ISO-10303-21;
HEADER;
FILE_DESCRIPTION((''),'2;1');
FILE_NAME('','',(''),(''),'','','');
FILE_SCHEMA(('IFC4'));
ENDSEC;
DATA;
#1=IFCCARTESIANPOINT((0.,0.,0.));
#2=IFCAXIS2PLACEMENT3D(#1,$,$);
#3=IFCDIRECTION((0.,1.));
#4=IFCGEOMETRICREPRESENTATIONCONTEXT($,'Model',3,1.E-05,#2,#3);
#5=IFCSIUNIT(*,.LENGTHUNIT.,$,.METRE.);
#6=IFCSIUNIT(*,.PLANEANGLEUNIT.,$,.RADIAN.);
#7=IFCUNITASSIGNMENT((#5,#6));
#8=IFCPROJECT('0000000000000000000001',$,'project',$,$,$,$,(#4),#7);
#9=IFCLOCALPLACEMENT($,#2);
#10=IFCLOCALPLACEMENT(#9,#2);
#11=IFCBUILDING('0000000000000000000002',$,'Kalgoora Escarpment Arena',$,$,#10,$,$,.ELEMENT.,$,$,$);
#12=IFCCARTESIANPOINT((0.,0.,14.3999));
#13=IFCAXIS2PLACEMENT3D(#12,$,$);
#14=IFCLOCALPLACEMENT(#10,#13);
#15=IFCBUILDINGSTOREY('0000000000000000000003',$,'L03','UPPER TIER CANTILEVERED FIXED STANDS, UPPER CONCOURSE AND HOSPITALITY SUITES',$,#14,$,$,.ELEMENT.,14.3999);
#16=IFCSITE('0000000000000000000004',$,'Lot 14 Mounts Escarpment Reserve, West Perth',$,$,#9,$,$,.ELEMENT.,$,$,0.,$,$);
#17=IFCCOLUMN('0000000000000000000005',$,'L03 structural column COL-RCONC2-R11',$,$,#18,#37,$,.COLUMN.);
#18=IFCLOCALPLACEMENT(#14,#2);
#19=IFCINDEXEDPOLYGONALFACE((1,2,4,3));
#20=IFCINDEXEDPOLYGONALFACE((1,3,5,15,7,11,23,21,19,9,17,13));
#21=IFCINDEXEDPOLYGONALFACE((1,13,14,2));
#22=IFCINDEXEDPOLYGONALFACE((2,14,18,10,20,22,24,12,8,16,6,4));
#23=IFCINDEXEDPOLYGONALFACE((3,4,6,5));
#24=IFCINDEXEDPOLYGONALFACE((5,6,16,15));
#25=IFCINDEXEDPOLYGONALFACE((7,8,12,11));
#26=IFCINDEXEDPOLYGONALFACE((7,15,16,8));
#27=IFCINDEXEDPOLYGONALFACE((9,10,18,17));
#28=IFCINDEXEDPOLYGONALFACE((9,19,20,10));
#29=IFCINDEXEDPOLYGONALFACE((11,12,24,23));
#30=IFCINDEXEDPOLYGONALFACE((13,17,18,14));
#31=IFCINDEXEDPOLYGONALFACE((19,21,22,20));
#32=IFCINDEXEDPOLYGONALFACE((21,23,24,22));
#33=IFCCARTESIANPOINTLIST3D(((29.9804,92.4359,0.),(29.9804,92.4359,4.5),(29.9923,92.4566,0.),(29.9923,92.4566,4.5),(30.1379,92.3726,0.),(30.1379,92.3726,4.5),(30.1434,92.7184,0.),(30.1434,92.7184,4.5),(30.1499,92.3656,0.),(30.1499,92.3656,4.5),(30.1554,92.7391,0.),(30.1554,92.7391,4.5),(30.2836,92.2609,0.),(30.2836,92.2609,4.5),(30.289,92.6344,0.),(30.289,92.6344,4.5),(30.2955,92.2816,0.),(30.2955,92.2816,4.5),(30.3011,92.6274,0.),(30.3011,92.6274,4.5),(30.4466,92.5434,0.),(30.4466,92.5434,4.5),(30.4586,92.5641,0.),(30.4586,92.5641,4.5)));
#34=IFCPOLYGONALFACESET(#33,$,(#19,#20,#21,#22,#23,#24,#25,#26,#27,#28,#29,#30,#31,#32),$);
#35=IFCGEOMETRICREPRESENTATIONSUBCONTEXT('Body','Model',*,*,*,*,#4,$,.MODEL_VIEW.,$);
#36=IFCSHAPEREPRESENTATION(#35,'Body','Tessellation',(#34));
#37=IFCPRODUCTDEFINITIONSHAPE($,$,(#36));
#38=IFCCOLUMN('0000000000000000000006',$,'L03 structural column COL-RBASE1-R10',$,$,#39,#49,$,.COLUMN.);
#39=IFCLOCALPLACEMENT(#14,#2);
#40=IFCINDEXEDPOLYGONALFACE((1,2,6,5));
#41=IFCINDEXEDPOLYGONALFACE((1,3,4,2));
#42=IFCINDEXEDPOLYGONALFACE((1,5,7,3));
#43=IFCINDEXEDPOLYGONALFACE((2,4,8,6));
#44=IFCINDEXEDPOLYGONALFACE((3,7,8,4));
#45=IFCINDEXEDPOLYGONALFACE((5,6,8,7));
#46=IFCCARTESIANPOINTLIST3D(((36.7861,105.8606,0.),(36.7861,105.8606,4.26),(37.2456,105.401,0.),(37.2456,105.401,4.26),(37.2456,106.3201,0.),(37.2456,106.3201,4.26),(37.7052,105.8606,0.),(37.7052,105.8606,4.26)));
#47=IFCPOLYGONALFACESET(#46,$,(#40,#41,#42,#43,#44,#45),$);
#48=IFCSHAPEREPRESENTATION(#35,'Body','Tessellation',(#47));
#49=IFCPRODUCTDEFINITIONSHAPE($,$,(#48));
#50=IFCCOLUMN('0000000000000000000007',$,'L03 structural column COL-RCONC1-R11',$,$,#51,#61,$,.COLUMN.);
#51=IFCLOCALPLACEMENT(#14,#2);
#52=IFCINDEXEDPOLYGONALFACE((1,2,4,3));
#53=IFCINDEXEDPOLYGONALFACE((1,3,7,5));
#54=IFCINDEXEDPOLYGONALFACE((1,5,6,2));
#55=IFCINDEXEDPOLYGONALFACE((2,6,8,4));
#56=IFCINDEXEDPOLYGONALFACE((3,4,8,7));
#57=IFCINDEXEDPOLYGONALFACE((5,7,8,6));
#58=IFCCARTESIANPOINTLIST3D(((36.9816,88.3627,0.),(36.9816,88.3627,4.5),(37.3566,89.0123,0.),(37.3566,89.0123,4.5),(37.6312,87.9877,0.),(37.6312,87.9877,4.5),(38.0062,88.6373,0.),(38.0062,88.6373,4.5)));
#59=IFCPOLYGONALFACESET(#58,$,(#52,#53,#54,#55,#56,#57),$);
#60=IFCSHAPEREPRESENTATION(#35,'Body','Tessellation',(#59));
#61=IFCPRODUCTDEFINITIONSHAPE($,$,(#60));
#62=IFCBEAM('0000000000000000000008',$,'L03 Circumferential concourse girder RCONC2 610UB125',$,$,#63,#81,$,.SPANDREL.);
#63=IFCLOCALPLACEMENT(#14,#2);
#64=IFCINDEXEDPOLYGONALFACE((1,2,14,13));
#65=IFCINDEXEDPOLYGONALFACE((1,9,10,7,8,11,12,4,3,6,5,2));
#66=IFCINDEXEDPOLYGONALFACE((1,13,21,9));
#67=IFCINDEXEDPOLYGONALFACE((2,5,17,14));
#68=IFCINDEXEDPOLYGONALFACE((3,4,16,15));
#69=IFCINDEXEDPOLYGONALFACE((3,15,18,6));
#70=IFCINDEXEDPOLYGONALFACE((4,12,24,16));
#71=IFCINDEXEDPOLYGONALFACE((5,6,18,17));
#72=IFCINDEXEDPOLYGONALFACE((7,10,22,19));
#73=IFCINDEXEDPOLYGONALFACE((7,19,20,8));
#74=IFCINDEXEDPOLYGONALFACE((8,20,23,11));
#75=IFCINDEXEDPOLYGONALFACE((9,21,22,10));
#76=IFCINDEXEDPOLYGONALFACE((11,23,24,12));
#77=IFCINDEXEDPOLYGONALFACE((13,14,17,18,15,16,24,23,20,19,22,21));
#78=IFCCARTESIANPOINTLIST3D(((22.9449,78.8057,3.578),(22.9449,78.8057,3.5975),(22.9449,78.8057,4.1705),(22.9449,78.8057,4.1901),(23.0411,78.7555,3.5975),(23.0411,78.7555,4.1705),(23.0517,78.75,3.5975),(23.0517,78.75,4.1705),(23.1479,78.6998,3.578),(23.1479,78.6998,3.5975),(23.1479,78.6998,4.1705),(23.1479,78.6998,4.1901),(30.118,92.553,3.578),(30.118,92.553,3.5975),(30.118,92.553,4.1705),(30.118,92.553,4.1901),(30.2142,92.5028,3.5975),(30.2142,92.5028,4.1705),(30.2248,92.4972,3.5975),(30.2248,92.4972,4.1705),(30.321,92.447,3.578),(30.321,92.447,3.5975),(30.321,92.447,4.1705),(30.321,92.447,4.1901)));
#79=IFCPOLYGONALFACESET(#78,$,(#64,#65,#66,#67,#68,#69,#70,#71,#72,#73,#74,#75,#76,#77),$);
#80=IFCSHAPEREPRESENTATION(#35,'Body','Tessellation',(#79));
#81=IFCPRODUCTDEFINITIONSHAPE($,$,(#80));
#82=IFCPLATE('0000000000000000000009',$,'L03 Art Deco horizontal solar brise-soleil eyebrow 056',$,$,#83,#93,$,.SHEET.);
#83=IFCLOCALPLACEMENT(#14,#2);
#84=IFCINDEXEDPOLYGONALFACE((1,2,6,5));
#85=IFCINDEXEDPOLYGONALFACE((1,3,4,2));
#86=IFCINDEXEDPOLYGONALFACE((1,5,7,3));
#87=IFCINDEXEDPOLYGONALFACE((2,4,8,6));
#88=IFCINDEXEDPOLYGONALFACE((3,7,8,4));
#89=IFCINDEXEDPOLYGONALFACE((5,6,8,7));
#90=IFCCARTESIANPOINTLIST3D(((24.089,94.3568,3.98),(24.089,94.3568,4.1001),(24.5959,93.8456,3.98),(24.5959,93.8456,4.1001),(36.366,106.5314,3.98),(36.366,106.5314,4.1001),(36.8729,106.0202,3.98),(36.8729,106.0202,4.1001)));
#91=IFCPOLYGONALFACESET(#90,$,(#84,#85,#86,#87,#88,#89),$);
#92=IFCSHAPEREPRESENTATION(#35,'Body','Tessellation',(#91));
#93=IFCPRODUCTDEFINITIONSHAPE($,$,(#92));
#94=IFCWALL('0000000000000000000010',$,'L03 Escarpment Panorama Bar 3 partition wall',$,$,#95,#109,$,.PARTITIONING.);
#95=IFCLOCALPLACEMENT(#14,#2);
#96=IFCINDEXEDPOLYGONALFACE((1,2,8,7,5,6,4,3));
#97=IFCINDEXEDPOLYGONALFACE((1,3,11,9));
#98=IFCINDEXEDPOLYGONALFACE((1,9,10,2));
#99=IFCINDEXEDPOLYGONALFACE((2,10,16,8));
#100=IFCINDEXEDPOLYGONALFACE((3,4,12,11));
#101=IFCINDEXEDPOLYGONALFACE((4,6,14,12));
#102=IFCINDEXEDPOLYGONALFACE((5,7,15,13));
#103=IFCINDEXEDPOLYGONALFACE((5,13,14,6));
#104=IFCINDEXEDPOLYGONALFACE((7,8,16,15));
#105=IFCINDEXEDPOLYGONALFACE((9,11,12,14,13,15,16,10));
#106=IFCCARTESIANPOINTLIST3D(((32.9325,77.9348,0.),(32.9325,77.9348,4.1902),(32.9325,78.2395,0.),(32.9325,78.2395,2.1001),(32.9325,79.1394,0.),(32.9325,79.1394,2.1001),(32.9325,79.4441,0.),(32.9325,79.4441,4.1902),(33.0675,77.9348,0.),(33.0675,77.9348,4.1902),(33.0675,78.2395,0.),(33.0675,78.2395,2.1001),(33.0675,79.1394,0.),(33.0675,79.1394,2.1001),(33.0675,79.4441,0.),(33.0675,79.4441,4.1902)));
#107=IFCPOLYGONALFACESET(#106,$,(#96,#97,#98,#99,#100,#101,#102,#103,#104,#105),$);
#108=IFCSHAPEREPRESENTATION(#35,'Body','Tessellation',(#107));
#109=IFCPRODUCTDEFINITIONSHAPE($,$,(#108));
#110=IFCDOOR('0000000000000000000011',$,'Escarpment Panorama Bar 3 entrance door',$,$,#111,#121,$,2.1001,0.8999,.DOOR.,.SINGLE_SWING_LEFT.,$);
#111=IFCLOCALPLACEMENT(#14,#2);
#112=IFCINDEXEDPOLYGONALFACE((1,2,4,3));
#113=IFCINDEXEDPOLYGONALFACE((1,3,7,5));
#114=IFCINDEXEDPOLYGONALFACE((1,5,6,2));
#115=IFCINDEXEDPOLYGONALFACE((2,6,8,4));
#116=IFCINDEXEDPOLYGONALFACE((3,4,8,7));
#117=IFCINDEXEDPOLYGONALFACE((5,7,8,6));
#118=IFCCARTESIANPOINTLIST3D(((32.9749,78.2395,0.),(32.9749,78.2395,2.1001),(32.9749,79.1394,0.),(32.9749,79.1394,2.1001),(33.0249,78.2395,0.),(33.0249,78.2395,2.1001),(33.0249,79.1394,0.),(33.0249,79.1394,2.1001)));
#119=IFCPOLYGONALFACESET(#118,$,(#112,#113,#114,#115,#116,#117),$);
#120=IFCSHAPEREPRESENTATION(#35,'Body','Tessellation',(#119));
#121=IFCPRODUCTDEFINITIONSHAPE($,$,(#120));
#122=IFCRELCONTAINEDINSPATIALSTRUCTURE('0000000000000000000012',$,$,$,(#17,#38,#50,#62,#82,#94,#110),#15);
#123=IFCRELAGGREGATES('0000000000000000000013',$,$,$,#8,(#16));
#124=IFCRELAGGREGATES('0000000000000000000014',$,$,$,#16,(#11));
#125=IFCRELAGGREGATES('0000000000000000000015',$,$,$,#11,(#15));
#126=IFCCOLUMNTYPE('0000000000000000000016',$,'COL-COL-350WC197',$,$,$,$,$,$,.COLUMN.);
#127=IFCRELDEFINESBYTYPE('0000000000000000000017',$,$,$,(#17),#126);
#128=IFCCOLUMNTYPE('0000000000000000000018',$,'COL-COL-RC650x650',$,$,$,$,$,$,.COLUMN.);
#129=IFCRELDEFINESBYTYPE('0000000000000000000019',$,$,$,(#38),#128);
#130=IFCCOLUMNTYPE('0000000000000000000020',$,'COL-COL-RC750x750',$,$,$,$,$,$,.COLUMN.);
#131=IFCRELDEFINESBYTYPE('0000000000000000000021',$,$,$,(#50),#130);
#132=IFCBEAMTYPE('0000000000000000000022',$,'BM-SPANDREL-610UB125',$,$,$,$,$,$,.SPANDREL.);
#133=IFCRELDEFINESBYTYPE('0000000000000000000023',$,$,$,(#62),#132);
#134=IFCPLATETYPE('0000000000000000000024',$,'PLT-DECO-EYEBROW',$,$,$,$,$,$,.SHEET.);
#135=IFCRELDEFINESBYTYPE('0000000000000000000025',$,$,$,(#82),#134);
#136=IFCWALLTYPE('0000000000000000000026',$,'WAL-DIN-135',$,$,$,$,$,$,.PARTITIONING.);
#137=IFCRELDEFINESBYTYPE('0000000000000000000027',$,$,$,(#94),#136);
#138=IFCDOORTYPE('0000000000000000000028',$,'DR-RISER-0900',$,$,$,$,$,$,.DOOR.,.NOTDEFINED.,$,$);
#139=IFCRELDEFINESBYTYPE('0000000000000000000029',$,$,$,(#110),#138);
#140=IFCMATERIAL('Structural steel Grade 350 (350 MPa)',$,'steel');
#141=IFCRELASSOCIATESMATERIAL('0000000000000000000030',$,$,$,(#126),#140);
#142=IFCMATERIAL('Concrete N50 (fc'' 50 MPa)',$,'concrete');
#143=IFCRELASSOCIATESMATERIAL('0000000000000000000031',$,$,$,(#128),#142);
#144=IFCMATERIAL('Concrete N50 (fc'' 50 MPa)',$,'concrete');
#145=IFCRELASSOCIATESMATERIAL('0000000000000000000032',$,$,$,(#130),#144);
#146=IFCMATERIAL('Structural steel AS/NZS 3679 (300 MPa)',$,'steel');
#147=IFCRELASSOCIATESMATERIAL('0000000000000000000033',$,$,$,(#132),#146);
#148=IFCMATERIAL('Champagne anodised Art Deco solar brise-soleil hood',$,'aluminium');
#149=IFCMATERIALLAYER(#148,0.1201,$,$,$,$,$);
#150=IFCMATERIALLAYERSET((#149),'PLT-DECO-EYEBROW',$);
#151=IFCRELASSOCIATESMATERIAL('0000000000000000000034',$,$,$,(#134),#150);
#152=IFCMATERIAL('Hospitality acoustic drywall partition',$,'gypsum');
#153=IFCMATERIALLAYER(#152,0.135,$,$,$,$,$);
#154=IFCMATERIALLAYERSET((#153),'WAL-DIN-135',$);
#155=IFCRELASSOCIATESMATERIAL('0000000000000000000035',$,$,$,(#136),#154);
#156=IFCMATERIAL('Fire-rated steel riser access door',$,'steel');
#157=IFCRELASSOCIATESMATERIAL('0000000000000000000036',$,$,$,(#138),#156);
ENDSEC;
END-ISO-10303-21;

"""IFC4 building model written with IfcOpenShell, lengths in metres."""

from ifc_helpers import new_model, si_unit, direction, frame, frame_2d, origin, origin_2d, place, context, subcontext, project, spatial, rectangle, i_section, extrude, material, layer, layer_set, material_profile, profile_set, type_object, element, fill, save


model = new_model("IFC4")

# Units and contexts
model_context = context("Model", 3, precision=1e-05, world=origin(), true_north=direction((0.0, 1.0)))
body_context = subcontext(model_context, "Body", "Model", "MODEL_VIEW")
ifc_project = project(units=[si_unit("LENGTHUNIT", "METRE"), si_unit("PLANEANGLEUNIT", "RADIAN")], contexts=[model_context])

# Site, building, storey
site_placement = place(None, origin())
site = spatial("IfcSite", under=ifc_project, at=site_placement, Name="Lot 14 Mounts Escarpment Reserve, West Perth", CompositionType="ELEMENT", RefElevation=0.0)
building_placement = place(site_placement, origin())
building = spatial("IfcBuilding", under=site, at=building_placement, Name="Kalgoora Escarpment Arena", CompositionType="ELEMENT")
storey_placement = place(building_placement, frame((0.0, 0.0, 14.3999)))
storey = spatial("IfcBuildingStorey", under=building, at=storey_placement, Name="L03", Description="UPPER TIER CANTILEVERED FIXED STANDS, UPPER CONCOURSE AND HOSPITALITY SUITES", CompositionType="ELEMENT", Elevation=14.3999)

# Columns
ifc_material_1 = material(Name="Structural steel Grade 350 (350 MPa)", Category="steel")
ifc_material_profile_1 = material_profile(ifc_material_1, i_section(OverallWidth=0.3501, OverallDepth=0.3501, WebThickness=0.0139, FlangeThickness=0.0239, at=origin_2d()))
ifc_profile_set_1 = profile_set([ifc_material_profile_1], Name="Structural steel Grade 350 (350 MPa)")
column_type_1 = type_object("IfcColumnType", Name="COL-COL-350WC197", PredefinedType="COLUMN", material=ifc_profile_set_1)
column_1_placement = place(storey_placement, frame((30.2195, 92.5, 0.0), z_axis=(0.0, 0.0, 1.0), x_axis=(-0.866025, 0.5, 0.0)))
element("IfcColumn", 1, at=column_1_placement, inside=storey, type_object=column_type_1, Name="L03 structural column COL-RCONC2-R11", PredefinedType="COLUMN", context=body_context, shape_type="SweptSolid", body=[
    extrude(i_section(OverallWidth=0.3501, OverallDepth=0.3501, WebThickness=0.0139, FlangeThickness=0.0239, at=origin_2d()), origin(), (0.0, 0.0, 1.0), 4.5),
])
ifc_material_2 = material(Name="Concrete N50 (fc' 50 MPa)", Category="concrete")
ifc_material_profile_2 = material_profile(ifc_material_2, rectangle(XDim=0.6499, YDim=0.6499, at=origin_2d()))
ifc_profile_set_2 = profile_set([ifc_material_profile_2], Name="Concrete N50 (fc' 50 MPa)")
column_type_2 = type_object("IfcColumnType", Name="COL-COL-RC650x650", PredefinedType="COLUMN", material=ifc_profile_set_2)
column_2_placement = place(storey_placement, frame((37.2456, 105.8606, 0.0), z_axis=(0.0, 0.0, 1.0), x_axis=(-0.707107, 0.707107, 0.0)))
element("IfcColumn", 2, at=column_2_placement, inside=storey, type_object=column_type_2, Name="L03 structural column COL-RBASE1-R10", PredefinedType="COLUMN", context=body_context, shape_type="SweptSolid", body=[
    extrude(rectangle(XDim=0.6499, YDim=0.6499, at=origin_2d()), origin(), (0.0, 0.0, 1.0), 4.26),
])
ifc_material_3 = material(Name="Concrete N50 (fc' 50 MPa)", Category="concrete")
ifc_material_profile_3 = material_profile(ifc_material_3, rectangle(XDim=0.75, YDim=0.75, at=origin_2d()))
ifc_profile_set_3 = profile_set([ifc_material_profile_3], Name="Concrete N50 (fc' 50 MPa)")
column_type_3 = type_object("IfcColumnType", Name="COL-COL-RC750x750", PredefinedType="COLUMN", material=ifc_profile_set_3)
column_3_placement = place(storey_placement, frame((37.4939, 88.5, 0.0), z_axis=(0.0, 0.0, 1.0), x_axis=(-0.866025, 0.5, 0.0)))
element("IfcColumn", 3, at=column_3_placement, inside=storey, type_object=column_type_3, Name="L03 structural column COL-RCONC1-R11", PredefinedType="COLUMN", context=body_context, shape_type="SweptSolid", body=[
    extrude(rectangle(XDim=0.75, YDim=0.75, at=origin_2d()), origin(), (0.0, 0.0, 1.0), 4.5),
])

# Beam
ifc_material_4 = material(Name="Structural steel AS/NZS 3679 (300 MPa)", Category="steel")
ifc_material_profile_4 = material_profile(ifc_material_4, i_section(OverallWidth=0.229, OverallDepth=0.6121, WebThickness=0.012, FlangeThickness=0.0195, at=origin_2d()))
ifc_profile_set_4 = profile_set([ifc_material_profile_4], Name="Structural steel AS/NZS 3679 (300 MPa)")
beam_type = type_object("IfcBeamType", Name="BM-SPANDREL-610UB125", PredefinedType="SPANDREL", material=ifc_profile_set_4)
beam_placement = place(storey_placement, frame((30.2195, 92.5, 3.884), z_axis=(-0.462596, -0.886569, 0.0), x_axis=(0.886569, -0.462596, 0.0)))
element("IfcBeam", 4, at=beam_placement, inside=storey, type_object=beam_type, Name="L03 Circumferential concourse girder RCONC2 610UB125", PredefinedType="SPANDREL", context=body_context, shape_type="SweptSolid", body=[
    extrude(i_section(OverallWidth=0.229, OverallDepth=0.6121, WebThickness=0.012, FlangeThickness=0.0195, at=origin_2d()), origin(), (0.0, 0.0, 1.0), 15.5061),
])

# Plate
ifc_material_5 = material(Name="Champagne anodised Art Deco solar brise-soleil hood", Category="aluminium")
ifc_layer_1 = layer(ifc_material_5, 0.1201)
ifc_layer_set_1 = layer_set([ifc_layer_1], Name="PLT-DECO-EYEBROW")
plate_type = type_object("IfcPlateType", Name="PLT-DECO-EYEBROW", PredefinedType="SHEET", material=ifc_layer_set_1)
plate_placement = place(storey_placement, frame((30.481, 100.1885, 3.98), z_axis=(0.0, 0.0, 1.0), x_axis=(0.710062, 0.704139, 0.0)))
element("IfcPlate", 5, at=plate_placement, inside=storey, type_object=plate_type, Name="L03 Art Deco horizontal solar brise-soleil eyebrow 056", PredefinedType="SHEET", context=body_context, shape_type="SweptSolid", body=[
    extrude(rectangle(XDim=17.29, YDim=0.72, at=origin_2d()), origin(), (0.0, 0.0, 1.0), 0.1201),
])

# Wall, opening, door
ifc_material_6 = material(Name="Hospitality acoustic drywall partition", Category="gypsum")
ifc_layer_2 = layer(ifc_material_6, 0.135)
ifc_layer_set_2 = layer_set([ifc_layer_2], Name="WAL-DIN-135")
wall_type_1 = type_object("IfcWallType", Name="WAL-DIN-135", PredefinedType="PARTITIONING", material=ifc_layer_set_2)
wall_1_placement = place(storey_placement, frame((33.0, 79.4441, 0.0), z_axis=(0.0, 0.0, 1.0), x_axis=(0.0, -1.0, 0.0)))
wall_1 = element("IfcWall", 6, at=wall_1_placement, inside=storey, type_object=wall_type_1, Name="L03 Escarpment Panorama Bar 3 partition wall", PredefinedType="PARTITIONING", context=body_context, shape_type="SweptSolid", body=[
    extrude(rectangle(XDim=1.5093, YDim=0.135, at=frame_2d((0.7546, 0.0))), origin(), (0.0, 0.0, 1.0), 4.1902),
])
opening_1_placement = place(wall_1_placement, frame((0.3047, 0.0, 0.0)))
opening_1 = element("IfcOpeningElement", 7, at=opening_1_placement, cuts=wall_1, PredefinedType="OPENING", context=body_context, shape_type="SweptSolid", body=[
    extrude(rectangle(XDim=0.8999, YDim=2.1001, at=frame_2d((0.45, 1.05))), frame((0.0, 0.0774, 0.0), z_axis=(0.0, -1.0, 0.0), x_axis=(1.0, 0.0, 0.0)), (0.0, 0.0, 1.0), 0.155),
])
ifc_material_7 = material(Name="Fire-rated steel riser access door", Category="steel")
door_type_1 = type_object("IfcDoorType", Name="DR-RISER-0900", OperationType="NOTDEFINED", PredefinedType="DOOR", material=ifc_material_7)
door_1_placement = place(opening_1_placement, origin())
door_1 = element("IfcDoor", 8, at=door_1_placement, inside=storey, type_object=door_type_1, Name="Escarpment Panorama Bar 3 entrance door", OperationType="SINGLE_SWING_LEFT", OverallHeight=2.1001, OverallWidth=0.8999, PredefinedType="DOOR", context=body_context, shape_type="SweptSolid", body=[
    extrude(rectangle(XDim=0.8999, YDim=2.1001, at=frame_2d((0.45, 1.05))), frame((0.0, 0.0249, 0.0), z_axis=(0.0, -1.0, 0.0), x_axis=(1.0, 0.0, 0.0)), (0.0, 0.0, 1.0), 0.05),
])
fill(opening_1, door_1)

save(model, "model.ifc")
